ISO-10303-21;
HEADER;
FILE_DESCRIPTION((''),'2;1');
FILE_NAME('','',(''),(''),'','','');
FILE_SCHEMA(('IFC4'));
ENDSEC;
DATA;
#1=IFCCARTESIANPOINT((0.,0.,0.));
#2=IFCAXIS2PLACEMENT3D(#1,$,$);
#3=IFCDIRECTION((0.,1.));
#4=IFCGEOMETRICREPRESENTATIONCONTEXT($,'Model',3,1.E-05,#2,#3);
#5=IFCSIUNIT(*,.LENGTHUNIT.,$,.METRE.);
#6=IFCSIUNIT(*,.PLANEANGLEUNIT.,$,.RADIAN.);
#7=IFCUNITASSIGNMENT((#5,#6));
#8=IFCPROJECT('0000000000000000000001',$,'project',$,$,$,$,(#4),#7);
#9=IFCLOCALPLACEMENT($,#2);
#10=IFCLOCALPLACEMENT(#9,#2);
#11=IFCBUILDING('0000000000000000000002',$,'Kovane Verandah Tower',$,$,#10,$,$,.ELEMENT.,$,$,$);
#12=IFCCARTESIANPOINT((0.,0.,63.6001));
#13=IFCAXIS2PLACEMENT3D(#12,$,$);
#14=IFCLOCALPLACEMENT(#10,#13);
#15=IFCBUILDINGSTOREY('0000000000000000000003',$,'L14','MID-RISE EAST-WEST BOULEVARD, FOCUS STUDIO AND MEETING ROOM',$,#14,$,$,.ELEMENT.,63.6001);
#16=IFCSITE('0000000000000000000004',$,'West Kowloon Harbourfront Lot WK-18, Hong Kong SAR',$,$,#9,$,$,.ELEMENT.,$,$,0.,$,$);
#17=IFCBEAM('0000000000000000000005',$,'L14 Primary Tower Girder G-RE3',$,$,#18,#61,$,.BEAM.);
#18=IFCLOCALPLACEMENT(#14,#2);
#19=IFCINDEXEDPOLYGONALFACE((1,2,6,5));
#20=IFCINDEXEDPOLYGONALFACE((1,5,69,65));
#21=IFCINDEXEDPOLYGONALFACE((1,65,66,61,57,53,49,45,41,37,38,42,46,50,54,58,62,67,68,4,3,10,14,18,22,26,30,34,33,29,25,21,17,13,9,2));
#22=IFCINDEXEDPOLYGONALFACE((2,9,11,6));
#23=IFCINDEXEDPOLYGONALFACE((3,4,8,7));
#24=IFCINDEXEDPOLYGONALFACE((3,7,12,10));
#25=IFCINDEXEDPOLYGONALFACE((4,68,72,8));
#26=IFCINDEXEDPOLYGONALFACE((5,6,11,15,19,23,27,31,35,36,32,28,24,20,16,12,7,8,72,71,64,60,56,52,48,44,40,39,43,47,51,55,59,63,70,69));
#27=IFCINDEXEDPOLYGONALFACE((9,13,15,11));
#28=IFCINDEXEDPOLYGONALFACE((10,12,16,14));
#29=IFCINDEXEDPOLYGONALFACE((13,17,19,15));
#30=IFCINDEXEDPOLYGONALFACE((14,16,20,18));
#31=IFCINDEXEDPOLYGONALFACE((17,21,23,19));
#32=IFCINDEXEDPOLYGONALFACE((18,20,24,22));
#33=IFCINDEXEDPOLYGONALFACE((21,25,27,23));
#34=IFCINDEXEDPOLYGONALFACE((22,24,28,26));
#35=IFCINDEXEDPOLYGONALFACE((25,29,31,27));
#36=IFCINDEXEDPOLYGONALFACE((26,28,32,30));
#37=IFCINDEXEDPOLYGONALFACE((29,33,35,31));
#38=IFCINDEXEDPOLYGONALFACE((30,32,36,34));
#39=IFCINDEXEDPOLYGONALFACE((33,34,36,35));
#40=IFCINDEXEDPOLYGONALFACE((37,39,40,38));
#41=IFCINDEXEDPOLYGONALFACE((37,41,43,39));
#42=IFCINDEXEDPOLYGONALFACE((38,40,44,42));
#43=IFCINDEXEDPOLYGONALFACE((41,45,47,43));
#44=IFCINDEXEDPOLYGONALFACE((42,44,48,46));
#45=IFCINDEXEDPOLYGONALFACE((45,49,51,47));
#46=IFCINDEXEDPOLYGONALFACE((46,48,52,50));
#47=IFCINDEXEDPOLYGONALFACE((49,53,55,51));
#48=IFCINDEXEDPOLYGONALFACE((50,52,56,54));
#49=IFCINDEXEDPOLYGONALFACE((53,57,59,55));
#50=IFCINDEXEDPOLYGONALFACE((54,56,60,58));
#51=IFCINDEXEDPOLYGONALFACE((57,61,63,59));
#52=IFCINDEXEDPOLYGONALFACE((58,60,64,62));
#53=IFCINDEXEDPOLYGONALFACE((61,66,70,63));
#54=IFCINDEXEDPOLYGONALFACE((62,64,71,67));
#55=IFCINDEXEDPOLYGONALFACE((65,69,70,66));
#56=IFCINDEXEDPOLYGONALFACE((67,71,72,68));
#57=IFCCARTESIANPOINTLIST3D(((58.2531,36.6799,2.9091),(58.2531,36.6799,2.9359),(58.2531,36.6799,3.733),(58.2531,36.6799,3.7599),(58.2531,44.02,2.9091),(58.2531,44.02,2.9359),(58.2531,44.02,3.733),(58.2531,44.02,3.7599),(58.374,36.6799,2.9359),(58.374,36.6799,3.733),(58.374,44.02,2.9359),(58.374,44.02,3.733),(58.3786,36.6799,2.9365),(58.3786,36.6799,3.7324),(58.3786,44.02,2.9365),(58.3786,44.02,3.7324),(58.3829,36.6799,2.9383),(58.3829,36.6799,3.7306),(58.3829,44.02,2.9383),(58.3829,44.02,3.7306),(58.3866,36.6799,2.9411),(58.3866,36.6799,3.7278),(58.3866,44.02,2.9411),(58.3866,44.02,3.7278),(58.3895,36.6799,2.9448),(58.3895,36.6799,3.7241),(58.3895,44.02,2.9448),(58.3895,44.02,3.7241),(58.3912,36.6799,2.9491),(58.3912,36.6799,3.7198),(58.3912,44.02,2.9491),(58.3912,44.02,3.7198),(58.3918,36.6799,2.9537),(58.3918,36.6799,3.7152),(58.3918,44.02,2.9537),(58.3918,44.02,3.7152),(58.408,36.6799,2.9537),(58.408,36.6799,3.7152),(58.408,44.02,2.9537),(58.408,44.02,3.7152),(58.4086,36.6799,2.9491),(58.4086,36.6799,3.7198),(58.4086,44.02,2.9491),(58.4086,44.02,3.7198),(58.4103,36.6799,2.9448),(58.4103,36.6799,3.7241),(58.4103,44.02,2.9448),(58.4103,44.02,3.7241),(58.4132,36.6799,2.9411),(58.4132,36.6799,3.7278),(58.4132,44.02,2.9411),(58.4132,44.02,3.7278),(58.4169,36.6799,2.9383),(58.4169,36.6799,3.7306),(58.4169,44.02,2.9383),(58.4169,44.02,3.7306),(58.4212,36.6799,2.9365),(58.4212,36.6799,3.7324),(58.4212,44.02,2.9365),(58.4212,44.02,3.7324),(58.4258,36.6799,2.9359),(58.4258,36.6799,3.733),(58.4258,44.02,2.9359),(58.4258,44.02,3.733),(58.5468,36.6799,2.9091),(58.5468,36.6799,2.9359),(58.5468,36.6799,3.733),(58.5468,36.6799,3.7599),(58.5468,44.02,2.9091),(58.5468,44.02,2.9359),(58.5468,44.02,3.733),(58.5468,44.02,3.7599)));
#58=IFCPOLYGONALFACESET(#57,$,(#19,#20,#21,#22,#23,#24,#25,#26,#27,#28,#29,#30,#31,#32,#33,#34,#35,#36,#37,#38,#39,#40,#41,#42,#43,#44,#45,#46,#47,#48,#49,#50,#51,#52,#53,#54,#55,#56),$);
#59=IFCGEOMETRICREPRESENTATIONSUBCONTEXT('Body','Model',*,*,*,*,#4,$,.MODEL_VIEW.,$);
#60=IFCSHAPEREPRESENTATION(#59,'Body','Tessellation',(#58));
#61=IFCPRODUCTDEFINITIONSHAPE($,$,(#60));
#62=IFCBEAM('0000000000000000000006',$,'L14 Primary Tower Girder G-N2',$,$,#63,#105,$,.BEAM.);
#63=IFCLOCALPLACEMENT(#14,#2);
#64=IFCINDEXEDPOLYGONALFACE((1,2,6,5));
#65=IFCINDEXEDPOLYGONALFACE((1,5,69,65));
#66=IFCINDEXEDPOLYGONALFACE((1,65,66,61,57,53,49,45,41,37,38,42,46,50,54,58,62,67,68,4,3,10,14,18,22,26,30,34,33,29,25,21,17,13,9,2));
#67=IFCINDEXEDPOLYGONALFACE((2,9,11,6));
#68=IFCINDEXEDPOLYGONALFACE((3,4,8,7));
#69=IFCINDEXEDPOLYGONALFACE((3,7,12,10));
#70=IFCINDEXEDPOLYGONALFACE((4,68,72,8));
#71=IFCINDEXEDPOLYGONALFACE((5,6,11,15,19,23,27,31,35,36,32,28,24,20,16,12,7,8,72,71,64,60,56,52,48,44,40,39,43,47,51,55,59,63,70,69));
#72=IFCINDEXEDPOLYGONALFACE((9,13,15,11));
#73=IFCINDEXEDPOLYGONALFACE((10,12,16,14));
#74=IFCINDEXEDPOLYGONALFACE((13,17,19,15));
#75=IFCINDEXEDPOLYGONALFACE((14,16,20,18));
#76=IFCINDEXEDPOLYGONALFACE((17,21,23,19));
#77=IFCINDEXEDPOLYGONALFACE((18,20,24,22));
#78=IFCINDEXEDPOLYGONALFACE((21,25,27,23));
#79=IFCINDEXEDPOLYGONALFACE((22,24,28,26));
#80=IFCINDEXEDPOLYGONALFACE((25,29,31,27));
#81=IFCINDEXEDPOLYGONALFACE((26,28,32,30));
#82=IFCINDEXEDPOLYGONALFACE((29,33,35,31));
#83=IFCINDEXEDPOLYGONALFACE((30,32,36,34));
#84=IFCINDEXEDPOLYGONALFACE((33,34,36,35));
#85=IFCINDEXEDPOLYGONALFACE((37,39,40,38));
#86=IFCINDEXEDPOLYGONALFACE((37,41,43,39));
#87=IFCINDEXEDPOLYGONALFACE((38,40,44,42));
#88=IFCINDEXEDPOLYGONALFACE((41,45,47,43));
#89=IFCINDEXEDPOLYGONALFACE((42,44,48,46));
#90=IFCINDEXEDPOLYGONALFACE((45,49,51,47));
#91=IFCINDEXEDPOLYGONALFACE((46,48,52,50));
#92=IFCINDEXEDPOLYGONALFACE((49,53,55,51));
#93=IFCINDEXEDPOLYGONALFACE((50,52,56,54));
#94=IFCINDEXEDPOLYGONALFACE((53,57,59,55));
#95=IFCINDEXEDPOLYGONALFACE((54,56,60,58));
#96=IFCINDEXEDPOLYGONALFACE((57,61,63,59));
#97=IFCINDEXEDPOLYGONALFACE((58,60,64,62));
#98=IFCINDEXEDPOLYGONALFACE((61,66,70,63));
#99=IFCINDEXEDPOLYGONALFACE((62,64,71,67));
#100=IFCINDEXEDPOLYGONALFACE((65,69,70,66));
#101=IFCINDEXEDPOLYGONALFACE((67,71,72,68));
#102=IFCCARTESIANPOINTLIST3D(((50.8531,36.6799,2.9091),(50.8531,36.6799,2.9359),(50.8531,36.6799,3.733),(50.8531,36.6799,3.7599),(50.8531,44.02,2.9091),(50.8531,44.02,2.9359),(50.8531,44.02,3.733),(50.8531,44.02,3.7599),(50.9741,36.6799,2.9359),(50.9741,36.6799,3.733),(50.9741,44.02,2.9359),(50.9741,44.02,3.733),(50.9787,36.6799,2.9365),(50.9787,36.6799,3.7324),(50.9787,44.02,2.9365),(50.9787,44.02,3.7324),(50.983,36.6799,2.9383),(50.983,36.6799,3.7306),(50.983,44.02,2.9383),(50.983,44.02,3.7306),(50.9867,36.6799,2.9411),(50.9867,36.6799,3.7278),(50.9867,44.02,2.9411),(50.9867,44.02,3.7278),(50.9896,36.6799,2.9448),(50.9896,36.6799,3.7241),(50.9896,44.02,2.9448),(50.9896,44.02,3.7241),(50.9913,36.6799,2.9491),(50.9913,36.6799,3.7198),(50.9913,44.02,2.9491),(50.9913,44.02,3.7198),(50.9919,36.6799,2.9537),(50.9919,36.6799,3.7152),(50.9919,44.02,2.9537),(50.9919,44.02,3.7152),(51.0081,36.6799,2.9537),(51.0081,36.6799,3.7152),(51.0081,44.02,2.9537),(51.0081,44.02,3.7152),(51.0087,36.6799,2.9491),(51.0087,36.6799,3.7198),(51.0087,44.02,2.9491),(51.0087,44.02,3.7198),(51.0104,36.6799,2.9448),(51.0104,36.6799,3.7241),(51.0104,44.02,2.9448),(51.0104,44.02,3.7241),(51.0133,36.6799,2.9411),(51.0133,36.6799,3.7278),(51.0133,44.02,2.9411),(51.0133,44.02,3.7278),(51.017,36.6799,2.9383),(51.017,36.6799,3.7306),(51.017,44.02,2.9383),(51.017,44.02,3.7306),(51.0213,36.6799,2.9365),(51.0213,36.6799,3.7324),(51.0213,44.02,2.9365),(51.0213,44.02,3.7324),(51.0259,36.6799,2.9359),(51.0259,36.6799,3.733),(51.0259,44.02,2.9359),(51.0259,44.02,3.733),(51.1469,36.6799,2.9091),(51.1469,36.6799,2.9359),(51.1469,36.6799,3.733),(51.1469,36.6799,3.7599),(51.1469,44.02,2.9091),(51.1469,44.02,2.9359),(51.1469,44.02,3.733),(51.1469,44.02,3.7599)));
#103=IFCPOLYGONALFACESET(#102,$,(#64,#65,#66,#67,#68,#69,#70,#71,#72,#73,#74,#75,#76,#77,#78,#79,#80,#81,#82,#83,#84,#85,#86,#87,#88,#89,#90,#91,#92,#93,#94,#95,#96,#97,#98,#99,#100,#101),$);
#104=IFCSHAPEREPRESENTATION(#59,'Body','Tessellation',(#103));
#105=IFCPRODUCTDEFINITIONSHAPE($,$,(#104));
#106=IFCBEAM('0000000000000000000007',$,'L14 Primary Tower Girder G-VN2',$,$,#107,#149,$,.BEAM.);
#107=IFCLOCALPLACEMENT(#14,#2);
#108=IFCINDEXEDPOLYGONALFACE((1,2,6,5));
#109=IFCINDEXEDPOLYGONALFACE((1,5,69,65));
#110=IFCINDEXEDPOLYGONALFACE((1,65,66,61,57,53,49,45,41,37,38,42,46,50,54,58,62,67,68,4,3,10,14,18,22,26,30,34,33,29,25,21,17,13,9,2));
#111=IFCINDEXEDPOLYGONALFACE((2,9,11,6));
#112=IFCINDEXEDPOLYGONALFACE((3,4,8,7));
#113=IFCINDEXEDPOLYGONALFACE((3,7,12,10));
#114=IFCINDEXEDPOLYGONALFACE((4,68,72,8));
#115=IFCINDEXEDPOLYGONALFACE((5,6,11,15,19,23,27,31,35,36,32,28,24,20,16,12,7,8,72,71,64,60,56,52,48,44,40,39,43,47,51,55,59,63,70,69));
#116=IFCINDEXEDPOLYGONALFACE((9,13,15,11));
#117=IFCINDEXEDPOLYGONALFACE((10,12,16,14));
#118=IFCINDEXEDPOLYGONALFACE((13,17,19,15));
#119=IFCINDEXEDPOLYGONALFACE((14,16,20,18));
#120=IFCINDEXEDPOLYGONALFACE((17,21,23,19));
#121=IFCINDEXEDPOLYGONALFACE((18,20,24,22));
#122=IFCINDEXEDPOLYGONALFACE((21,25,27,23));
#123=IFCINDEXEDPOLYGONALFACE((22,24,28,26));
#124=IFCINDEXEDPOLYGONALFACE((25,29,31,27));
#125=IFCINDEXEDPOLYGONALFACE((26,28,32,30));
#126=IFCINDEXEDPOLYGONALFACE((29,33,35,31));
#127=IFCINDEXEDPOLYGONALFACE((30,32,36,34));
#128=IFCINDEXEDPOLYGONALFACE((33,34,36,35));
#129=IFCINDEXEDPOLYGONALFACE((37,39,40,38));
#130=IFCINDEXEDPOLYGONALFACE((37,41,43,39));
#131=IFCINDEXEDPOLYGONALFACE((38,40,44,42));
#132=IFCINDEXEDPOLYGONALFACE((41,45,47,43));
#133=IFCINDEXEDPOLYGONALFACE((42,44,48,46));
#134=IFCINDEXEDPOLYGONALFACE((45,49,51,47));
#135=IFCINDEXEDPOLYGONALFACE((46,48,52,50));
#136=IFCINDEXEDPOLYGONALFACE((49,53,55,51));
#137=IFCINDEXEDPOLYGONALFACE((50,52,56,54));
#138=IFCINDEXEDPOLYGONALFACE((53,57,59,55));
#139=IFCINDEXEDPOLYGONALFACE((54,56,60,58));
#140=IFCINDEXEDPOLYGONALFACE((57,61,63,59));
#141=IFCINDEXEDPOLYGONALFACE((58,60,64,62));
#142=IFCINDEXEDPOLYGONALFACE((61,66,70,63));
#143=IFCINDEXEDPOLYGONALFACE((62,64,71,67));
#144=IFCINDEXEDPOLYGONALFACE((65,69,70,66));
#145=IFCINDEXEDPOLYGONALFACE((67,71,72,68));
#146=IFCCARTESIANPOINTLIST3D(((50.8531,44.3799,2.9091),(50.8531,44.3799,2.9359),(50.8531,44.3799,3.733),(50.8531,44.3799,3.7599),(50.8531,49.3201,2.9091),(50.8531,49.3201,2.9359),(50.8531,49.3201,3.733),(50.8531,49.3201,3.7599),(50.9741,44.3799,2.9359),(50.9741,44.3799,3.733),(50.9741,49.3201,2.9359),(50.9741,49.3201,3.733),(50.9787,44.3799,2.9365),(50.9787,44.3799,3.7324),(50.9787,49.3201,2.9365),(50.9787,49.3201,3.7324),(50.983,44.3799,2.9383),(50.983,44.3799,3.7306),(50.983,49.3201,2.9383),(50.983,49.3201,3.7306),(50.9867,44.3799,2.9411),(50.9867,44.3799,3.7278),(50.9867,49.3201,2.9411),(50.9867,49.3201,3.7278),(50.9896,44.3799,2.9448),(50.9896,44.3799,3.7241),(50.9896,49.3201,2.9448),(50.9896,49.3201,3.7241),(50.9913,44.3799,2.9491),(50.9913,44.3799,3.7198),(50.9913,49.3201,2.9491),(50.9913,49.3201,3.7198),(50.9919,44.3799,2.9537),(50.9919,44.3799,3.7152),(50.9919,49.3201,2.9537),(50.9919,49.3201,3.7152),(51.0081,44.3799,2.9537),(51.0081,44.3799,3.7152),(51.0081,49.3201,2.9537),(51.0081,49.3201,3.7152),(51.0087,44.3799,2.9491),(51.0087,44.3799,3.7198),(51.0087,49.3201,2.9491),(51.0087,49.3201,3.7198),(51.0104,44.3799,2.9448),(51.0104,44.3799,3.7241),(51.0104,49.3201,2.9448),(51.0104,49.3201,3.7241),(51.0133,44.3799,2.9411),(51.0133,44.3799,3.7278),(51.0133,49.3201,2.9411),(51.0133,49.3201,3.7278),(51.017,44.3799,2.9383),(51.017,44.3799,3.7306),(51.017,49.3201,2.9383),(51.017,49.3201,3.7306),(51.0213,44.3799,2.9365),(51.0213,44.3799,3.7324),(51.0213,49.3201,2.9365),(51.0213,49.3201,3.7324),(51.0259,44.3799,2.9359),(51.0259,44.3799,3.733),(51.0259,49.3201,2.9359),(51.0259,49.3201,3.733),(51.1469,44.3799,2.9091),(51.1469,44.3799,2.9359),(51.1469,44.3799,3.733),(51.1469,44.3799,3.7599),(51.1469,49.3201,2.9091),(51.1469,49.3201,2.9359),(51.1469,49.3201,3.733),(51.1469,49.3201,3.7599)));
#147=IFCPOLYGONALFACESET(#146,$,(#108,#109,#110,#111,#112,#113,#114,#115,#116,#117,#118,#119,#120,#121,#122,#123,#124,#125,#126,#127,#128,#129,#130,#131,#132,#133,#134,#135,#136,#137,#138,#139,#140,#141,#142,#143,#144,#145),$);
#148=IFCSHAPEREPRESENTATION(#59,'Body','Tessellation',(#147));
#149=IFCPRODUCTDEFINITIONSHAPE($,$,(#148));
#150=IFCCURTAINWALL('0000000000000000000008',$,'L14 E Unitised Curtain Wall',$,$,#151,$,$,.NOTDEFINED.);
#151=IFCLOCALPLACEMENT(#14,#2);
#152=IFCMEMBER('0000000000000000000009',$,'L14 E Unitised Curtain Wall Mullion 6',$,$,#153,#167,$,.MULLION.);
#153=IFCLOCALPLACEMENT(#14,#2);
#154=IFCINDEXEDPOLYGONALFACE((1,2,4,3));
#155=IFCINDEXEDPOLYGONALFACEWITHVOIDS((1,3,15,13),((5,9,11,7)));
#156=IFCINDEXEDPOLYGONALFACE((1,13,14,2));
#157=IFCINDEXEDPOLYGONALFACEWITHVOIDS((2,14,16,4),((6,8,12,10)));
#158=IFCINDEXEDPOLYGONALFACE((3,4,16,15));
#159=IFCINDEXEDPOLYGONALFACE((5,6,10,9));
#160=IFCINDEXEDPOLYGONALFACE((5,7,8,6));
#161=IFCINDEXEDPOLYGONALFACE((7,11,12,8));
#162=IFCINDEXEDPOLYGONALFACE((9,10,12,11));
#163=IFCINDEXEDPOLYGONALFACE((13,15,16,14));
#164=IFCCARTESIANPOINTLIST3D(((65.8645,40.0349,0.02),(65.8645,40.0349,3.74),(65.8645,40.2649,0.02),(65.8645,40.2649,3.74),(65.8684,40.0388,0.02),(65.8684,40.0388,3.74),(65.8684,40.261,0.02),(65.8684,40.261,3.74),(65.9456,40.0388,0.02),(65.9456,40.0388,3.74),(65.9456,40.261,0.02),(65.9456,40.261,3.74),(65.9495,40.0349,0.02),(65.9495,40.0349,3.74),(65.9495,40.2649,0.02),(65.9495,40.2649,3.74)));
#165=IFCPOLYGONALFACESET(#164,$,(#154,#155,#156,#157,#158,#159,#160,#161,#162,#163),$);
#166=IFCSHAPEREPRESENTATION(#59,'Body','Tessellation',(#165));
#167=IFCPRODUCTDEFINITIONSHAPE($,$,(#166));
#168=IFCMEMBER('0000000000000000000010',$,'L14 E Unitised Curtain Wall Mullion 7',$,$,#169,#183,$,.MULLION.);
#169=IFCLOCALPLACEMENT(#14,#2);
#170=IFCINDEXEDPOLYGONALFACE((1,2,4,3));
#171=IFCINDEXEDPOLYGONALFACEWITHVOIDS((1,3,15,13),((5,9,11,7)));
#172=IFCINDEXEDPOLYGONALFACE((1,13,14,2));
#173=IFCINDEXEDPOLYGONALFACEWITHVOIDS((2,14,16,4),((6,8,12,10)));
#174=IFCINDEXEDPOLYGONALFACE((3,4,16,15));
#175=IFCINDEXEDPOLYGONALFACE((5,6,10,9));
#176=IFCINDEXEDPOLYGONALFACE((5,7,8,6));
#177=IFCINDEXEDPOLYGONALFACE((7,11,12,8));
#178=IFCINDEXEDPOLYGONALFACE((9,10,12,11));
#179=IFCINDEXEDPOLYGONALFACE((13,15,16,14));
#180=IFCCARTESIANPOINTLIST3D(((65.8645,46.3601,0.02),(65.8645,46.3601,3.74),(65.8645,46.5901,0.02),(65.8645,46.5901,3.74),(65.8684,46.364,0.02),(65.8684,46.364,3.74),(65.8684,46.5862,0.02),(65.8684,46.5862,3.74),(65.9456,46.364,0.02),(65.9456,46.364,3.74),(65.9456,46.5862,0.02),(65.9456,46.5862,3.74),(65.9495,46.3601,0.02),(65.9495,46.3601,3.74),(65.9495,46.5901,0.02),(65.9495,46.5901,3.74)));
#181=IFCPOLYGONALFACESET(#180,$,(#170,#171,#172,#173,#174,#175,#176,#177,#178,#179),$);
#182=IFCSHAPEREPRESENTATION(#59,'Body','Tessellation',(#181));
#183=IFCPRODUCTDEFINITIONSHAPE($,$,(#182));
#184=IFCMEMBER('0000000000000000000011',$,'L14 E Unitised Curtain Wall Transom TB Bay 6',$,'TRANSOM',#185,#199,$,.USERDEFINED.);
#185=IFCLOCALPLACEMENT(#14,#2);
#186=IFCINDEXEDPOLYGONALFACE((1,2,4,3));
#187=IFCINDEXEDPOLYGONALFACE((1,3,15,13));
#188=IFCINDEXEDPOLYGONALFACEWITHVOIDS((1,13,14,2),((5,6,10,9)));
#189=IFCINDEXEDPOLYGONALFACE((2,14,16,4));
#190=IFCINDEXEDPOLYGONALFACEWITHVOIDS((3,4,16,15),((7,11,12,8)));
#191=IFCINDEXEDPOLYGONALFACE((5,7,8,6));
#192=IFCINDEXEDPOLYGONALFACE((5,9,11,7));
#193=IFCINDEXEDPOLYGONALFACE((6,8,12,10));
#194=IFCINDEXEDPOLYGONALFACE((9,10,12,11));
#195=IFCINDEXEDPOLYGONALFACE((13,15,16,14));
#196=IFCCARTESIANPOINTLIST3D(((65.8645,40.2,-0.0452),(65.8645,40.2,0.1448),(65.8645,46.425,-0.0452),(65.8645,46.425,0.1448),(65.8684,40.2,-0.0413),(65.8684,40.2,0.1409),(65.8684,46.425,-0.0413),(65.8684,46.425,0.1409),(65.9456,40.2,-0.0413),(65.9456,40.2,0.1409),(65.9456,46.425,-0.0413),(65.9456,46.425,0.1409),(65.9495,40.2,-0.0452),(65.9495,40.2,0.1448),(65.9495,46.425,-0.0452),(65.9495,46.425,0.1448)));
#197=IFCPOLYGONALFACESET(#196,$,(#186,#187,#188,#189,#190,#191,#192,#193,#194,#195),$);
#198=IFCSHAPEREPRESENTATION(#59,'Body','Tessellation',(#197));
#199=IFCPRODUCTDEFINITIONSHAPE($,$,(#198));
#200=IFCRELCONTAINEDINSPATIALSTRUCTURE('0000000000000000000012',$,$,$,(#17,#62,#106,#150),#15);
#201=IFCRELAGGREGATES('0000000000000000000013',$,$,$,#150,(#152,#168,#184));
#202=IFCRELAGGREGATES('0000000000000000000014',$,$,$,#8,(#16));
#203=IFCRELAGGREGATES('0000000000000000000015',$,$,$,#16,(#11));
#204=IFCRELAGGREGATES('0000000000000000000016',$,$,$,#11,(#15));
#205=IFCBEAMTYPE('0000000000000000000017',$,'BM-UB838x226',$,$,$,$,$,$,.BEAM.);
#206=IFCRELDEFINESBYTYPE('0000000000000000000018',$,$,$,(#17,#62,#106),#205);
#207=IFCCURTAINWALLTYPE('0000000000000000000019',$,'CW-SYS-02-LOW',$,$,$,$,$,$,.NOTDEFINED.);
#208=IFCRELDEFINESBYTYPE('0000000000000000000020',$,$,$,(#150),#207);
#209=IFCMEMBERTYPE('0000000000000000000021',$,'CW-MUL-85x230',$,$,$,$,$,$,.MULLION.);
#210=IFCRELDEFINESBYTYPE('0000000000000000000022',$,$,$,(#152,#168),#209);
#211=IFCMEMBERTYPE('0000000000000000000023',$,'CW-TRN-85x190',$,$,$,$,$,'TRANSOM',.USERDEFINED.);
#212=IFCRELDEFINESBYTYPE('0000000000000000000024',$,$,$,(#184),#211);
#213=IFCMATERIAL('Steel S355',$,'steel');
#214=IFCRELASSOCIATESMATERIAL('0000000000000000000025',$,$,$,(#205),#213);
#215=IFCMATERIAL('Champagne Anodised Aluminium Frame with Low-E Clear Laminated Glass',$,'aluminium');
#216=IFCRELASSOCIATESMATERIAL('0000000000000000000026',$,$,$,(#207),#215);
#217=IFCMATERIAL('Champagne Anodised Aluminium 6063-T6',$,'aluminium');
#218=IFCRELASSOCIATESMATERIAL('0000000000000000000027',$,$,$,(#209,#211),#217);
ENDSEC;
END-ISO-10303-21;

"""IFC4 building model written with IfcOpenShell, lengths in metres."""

from ifc_helpers import new_model, si_unit, direction, frame, origin, origin_2d, place, context, subcontext, project, spatial, hollow_rectangle, i_section, extrude, material, material_profile, profile_set, type_object, element, aggregate, save


model = new_model("IFC4")

# Units and contexts
model_context = context("Model", 3, precision=1e-05, world=origin(), true_north=direction((0.0, 1.0)))
body_context = subcontext(model_context, "Body", "Model", "MODEL_VIEW")
ifc_project = project(units=[si_unit("LENGTHUNIT", "METRE"), si_unit("PLANEANGLEUNIT", "RADIAN")], contexts=[model_context])

# Site, building, storey
site_placement = place(None, origin())
site = spatial("IfcSite", under=ifc_project, at=site_placement, Name="West Kowloon Harbourfront Lot WK-18, Hong Kong SAR", CompositionType="ELEMENT", RefElevation=0.0)
building_placement = place(site_placement, origin())
building = spatial("IfcBuilding", under=site, at=building_placement, Name="Kovane Verandah Tower", CompositionType="ELEMENT")
storey_placement = place(building_placement, frame((0.0, 0.0, 63.6001)))
storey = spatial("IfcBuildingStorey", under=building, at=storey_placement, Name="L14", Description="MID-RISE EAST-WEST BOULEVARD, FOCUS STUDIO AND MEETING ROOM", CompositionType="ELEMENT", Elevation=63.6001)

# Beams
ifc_material_1 = material(Name="Steel S355", Category="steel")
ifc_material_profile_1 = material_profile(ifc_material_1, i_section(OverallWidth=0.2937, OverallDepth=0.8508, WebThickness=0.0161, FlangeThickness=0.0269, FilletRadius=0.0178, at=origin_2d()), Name="UB838x292x226")
ifc_profile_set_1 = profile_set([ifc_material_profile_1], Name="Steel S355")
beam_type_1 = type_object("IfcBeamType", Name="BM-UB838x226", PredefinedType="BEAM", material=ifc_profile_set_1)
for number, where, z_axis, x_axis, name in (
    (1, (58.3999, 36.6799, 3.3345), (0.0, 1.0, 0.0), (-1.0, 0.0, 0.0), "L14 Primary Tower Girder G-RE3"),
    (2, (51.0, 36.6799, 3.3345), (0.0, 1.0, 0.0), (-1.0, 0.0, 0.0), "L14 Primary Tower Girder G-N2"),
):
    element("IfcBeam", number, at=place(storey_placement, frame(where, z_axis=z_axis, x_axis=x_axis)), inside=storey, type_object=beam_type_1, Name=name, PredefinedType="BEAM", context=body_context, shape_type="SweptSolid", body=[
        extrude(i_section(OverallWidth=0.2937, OverallDepth=0.8508, WebThickness=0.0161, FlangeThickness=0.0269, FilletRadius=0.0178, at=origin_2d()), origin(), (0.0, 0.0, 1.0), 7.3401),
    ])
beam_1_placement = place(storey_placement, frame((51.0, 44.3799, 3.3345), z_axis=(0.0, 1.0, 0.0), x_axis=(-1.0, 0.0, 0.0)))
element("IfcBeam", 3, at=beam_1_placement, inside=storey, type_object=beam_type_1, Name="L14 Primary Tower Girder G-VN2", PredefinedType="BEAM", context=body_context, shape_type="SweptSolid", body=[
    extrude(i_section(OverallWidth=0.2937, OverallDepth=0.8508, WebThickness=0.0161, FlangeThickness=0.0269, FilletRadius=0.0178, at=origin_2d()), origin(), (0.0, 0.0, 1.0), 4.9402),
])

# Curtain wall, members
ifc_material_2 = material(Name="Champagne Anodised Aluminium Frame with Low-E Clear Laminated Glass", Category="aluminium")
curtain_wall_type = type_object("IfcCurtainWallType", Name="CW-SYS-02-LOW", PredefinedType="NOTDEFINED", material=ifc_material_2)
curtain_wall_placement = place(storey_placement, origin())
curtain_wall = element("IfcCurtainWall", 4, at=curtain_wall_placement, inside=storey, type_object=curtain_wall_type, Name="L14 E Unitised Curtain Wall", PredefinedType="NOTDEFINED")
ifc_material_3 = material(Name="Champagne Anodised Aluminium 6063-T6", Category="aluminium")
ifc_material_profile_2 = material_profile(ifc_material_3, hollow_rectangle(XDim=0.085, YDim=0.23, WallThickness=0.0039, at=origin_2d()), Name="AL85x230x4")
ifc_profile_set_2 = profile_set([ifc_material_profile_2], Name="Champagne Anodised Aluminium 6063-T6")
member_type_1 = type_object("IfcMemberType", Name="CW-MUL-85x230", PredefinedType="MULLION", material=ifc_profile_set_2)
member_1_placement = place(storey_placement, frame((65.907, 40.1499, 0.02), z_axis=(0.0, 0.0, 1.0), x_axis=(1.0, 0.0, 0.0)))
member_1 = element("IfcMember", 5, at=member_1_placement, type_object=member_type_1, Name="L14 E Unitised Curtain Wall Mullion 6", PredefinedType="MULLION", context=body_context, shape_type="SweptSolid", body=[
    extrude(hollow_rectangle(XDim=0.085, YDim=0.23, WallThickness=0.0039, at=origin_2d()), origin(), (0.0, 0.0, 1.0), 3.72),
])
member_2_placement = place(storey_placement, frame((65.907, 46.4751, 0.02), z_axis=(0.0, 0.0, 1.0), x_axis=(1.0, 0.0, 0.0)))
member_2 = element("IfcMember", 6, at=member_2_placement, type_object=member_type_1, Name="L14 E Unitised Curtain Wall Mullion 7", PredefinedType="MULLION", context=body_context, shape_type="SweptSolid", body=[
    extrude(hollow_rectangle(XDim=0.085, YDim=0.23, WallThickness=0.0039, at=origin_2d()), origin(), (0.0, 0.0, 1.0), 3.72),
])
ifc_material_profile_3 = material_profile(ifc_material_3, hollow_rectangle(XDim=0.085, YDim=0.1899, WallThickness=0.0039, at=origin_2d()), Name="AL85x190x4")
ifc_profile_set_3 = profile_set([ifc_material_profile_3], Name="Champagne Anodised Aluminium 6063-T6")
member_type_2 = type_object("IfcMemberType", Name="CW-TRN-85x190", ElementType="TRANSOM", PredefinedType="USERDEFINED", material=ifc_profile_set_3)
member_3_placement = place(storey_placement, frame((65.907, 40.2, 0.0498), z_axis=(0.0, 1.0, 0.0), x_axis=(-1.0, 0.0, 0.0)))
member_3 = element("IfcMember", 7, at=member_3_placement, type_object=member_type_2, Name="L14 E Unitised Curtain Wall Transom TB Bay 6", ObjectType="TRANSOM", PredefinedType="USERDEFINED", context=body_context, shape_type="SweptSolid", body=[
    extrude(hollow_rectangle(XDim=0.085, YDim=0.1899, WallThickness=0.0039, at=origin_2d()), origin(), (0.0, 0.0, 1.0), 6.2251),
])

aggregate(curtain_wall, [member_1, member_2, member_3])

save(model, "model.ifc")
